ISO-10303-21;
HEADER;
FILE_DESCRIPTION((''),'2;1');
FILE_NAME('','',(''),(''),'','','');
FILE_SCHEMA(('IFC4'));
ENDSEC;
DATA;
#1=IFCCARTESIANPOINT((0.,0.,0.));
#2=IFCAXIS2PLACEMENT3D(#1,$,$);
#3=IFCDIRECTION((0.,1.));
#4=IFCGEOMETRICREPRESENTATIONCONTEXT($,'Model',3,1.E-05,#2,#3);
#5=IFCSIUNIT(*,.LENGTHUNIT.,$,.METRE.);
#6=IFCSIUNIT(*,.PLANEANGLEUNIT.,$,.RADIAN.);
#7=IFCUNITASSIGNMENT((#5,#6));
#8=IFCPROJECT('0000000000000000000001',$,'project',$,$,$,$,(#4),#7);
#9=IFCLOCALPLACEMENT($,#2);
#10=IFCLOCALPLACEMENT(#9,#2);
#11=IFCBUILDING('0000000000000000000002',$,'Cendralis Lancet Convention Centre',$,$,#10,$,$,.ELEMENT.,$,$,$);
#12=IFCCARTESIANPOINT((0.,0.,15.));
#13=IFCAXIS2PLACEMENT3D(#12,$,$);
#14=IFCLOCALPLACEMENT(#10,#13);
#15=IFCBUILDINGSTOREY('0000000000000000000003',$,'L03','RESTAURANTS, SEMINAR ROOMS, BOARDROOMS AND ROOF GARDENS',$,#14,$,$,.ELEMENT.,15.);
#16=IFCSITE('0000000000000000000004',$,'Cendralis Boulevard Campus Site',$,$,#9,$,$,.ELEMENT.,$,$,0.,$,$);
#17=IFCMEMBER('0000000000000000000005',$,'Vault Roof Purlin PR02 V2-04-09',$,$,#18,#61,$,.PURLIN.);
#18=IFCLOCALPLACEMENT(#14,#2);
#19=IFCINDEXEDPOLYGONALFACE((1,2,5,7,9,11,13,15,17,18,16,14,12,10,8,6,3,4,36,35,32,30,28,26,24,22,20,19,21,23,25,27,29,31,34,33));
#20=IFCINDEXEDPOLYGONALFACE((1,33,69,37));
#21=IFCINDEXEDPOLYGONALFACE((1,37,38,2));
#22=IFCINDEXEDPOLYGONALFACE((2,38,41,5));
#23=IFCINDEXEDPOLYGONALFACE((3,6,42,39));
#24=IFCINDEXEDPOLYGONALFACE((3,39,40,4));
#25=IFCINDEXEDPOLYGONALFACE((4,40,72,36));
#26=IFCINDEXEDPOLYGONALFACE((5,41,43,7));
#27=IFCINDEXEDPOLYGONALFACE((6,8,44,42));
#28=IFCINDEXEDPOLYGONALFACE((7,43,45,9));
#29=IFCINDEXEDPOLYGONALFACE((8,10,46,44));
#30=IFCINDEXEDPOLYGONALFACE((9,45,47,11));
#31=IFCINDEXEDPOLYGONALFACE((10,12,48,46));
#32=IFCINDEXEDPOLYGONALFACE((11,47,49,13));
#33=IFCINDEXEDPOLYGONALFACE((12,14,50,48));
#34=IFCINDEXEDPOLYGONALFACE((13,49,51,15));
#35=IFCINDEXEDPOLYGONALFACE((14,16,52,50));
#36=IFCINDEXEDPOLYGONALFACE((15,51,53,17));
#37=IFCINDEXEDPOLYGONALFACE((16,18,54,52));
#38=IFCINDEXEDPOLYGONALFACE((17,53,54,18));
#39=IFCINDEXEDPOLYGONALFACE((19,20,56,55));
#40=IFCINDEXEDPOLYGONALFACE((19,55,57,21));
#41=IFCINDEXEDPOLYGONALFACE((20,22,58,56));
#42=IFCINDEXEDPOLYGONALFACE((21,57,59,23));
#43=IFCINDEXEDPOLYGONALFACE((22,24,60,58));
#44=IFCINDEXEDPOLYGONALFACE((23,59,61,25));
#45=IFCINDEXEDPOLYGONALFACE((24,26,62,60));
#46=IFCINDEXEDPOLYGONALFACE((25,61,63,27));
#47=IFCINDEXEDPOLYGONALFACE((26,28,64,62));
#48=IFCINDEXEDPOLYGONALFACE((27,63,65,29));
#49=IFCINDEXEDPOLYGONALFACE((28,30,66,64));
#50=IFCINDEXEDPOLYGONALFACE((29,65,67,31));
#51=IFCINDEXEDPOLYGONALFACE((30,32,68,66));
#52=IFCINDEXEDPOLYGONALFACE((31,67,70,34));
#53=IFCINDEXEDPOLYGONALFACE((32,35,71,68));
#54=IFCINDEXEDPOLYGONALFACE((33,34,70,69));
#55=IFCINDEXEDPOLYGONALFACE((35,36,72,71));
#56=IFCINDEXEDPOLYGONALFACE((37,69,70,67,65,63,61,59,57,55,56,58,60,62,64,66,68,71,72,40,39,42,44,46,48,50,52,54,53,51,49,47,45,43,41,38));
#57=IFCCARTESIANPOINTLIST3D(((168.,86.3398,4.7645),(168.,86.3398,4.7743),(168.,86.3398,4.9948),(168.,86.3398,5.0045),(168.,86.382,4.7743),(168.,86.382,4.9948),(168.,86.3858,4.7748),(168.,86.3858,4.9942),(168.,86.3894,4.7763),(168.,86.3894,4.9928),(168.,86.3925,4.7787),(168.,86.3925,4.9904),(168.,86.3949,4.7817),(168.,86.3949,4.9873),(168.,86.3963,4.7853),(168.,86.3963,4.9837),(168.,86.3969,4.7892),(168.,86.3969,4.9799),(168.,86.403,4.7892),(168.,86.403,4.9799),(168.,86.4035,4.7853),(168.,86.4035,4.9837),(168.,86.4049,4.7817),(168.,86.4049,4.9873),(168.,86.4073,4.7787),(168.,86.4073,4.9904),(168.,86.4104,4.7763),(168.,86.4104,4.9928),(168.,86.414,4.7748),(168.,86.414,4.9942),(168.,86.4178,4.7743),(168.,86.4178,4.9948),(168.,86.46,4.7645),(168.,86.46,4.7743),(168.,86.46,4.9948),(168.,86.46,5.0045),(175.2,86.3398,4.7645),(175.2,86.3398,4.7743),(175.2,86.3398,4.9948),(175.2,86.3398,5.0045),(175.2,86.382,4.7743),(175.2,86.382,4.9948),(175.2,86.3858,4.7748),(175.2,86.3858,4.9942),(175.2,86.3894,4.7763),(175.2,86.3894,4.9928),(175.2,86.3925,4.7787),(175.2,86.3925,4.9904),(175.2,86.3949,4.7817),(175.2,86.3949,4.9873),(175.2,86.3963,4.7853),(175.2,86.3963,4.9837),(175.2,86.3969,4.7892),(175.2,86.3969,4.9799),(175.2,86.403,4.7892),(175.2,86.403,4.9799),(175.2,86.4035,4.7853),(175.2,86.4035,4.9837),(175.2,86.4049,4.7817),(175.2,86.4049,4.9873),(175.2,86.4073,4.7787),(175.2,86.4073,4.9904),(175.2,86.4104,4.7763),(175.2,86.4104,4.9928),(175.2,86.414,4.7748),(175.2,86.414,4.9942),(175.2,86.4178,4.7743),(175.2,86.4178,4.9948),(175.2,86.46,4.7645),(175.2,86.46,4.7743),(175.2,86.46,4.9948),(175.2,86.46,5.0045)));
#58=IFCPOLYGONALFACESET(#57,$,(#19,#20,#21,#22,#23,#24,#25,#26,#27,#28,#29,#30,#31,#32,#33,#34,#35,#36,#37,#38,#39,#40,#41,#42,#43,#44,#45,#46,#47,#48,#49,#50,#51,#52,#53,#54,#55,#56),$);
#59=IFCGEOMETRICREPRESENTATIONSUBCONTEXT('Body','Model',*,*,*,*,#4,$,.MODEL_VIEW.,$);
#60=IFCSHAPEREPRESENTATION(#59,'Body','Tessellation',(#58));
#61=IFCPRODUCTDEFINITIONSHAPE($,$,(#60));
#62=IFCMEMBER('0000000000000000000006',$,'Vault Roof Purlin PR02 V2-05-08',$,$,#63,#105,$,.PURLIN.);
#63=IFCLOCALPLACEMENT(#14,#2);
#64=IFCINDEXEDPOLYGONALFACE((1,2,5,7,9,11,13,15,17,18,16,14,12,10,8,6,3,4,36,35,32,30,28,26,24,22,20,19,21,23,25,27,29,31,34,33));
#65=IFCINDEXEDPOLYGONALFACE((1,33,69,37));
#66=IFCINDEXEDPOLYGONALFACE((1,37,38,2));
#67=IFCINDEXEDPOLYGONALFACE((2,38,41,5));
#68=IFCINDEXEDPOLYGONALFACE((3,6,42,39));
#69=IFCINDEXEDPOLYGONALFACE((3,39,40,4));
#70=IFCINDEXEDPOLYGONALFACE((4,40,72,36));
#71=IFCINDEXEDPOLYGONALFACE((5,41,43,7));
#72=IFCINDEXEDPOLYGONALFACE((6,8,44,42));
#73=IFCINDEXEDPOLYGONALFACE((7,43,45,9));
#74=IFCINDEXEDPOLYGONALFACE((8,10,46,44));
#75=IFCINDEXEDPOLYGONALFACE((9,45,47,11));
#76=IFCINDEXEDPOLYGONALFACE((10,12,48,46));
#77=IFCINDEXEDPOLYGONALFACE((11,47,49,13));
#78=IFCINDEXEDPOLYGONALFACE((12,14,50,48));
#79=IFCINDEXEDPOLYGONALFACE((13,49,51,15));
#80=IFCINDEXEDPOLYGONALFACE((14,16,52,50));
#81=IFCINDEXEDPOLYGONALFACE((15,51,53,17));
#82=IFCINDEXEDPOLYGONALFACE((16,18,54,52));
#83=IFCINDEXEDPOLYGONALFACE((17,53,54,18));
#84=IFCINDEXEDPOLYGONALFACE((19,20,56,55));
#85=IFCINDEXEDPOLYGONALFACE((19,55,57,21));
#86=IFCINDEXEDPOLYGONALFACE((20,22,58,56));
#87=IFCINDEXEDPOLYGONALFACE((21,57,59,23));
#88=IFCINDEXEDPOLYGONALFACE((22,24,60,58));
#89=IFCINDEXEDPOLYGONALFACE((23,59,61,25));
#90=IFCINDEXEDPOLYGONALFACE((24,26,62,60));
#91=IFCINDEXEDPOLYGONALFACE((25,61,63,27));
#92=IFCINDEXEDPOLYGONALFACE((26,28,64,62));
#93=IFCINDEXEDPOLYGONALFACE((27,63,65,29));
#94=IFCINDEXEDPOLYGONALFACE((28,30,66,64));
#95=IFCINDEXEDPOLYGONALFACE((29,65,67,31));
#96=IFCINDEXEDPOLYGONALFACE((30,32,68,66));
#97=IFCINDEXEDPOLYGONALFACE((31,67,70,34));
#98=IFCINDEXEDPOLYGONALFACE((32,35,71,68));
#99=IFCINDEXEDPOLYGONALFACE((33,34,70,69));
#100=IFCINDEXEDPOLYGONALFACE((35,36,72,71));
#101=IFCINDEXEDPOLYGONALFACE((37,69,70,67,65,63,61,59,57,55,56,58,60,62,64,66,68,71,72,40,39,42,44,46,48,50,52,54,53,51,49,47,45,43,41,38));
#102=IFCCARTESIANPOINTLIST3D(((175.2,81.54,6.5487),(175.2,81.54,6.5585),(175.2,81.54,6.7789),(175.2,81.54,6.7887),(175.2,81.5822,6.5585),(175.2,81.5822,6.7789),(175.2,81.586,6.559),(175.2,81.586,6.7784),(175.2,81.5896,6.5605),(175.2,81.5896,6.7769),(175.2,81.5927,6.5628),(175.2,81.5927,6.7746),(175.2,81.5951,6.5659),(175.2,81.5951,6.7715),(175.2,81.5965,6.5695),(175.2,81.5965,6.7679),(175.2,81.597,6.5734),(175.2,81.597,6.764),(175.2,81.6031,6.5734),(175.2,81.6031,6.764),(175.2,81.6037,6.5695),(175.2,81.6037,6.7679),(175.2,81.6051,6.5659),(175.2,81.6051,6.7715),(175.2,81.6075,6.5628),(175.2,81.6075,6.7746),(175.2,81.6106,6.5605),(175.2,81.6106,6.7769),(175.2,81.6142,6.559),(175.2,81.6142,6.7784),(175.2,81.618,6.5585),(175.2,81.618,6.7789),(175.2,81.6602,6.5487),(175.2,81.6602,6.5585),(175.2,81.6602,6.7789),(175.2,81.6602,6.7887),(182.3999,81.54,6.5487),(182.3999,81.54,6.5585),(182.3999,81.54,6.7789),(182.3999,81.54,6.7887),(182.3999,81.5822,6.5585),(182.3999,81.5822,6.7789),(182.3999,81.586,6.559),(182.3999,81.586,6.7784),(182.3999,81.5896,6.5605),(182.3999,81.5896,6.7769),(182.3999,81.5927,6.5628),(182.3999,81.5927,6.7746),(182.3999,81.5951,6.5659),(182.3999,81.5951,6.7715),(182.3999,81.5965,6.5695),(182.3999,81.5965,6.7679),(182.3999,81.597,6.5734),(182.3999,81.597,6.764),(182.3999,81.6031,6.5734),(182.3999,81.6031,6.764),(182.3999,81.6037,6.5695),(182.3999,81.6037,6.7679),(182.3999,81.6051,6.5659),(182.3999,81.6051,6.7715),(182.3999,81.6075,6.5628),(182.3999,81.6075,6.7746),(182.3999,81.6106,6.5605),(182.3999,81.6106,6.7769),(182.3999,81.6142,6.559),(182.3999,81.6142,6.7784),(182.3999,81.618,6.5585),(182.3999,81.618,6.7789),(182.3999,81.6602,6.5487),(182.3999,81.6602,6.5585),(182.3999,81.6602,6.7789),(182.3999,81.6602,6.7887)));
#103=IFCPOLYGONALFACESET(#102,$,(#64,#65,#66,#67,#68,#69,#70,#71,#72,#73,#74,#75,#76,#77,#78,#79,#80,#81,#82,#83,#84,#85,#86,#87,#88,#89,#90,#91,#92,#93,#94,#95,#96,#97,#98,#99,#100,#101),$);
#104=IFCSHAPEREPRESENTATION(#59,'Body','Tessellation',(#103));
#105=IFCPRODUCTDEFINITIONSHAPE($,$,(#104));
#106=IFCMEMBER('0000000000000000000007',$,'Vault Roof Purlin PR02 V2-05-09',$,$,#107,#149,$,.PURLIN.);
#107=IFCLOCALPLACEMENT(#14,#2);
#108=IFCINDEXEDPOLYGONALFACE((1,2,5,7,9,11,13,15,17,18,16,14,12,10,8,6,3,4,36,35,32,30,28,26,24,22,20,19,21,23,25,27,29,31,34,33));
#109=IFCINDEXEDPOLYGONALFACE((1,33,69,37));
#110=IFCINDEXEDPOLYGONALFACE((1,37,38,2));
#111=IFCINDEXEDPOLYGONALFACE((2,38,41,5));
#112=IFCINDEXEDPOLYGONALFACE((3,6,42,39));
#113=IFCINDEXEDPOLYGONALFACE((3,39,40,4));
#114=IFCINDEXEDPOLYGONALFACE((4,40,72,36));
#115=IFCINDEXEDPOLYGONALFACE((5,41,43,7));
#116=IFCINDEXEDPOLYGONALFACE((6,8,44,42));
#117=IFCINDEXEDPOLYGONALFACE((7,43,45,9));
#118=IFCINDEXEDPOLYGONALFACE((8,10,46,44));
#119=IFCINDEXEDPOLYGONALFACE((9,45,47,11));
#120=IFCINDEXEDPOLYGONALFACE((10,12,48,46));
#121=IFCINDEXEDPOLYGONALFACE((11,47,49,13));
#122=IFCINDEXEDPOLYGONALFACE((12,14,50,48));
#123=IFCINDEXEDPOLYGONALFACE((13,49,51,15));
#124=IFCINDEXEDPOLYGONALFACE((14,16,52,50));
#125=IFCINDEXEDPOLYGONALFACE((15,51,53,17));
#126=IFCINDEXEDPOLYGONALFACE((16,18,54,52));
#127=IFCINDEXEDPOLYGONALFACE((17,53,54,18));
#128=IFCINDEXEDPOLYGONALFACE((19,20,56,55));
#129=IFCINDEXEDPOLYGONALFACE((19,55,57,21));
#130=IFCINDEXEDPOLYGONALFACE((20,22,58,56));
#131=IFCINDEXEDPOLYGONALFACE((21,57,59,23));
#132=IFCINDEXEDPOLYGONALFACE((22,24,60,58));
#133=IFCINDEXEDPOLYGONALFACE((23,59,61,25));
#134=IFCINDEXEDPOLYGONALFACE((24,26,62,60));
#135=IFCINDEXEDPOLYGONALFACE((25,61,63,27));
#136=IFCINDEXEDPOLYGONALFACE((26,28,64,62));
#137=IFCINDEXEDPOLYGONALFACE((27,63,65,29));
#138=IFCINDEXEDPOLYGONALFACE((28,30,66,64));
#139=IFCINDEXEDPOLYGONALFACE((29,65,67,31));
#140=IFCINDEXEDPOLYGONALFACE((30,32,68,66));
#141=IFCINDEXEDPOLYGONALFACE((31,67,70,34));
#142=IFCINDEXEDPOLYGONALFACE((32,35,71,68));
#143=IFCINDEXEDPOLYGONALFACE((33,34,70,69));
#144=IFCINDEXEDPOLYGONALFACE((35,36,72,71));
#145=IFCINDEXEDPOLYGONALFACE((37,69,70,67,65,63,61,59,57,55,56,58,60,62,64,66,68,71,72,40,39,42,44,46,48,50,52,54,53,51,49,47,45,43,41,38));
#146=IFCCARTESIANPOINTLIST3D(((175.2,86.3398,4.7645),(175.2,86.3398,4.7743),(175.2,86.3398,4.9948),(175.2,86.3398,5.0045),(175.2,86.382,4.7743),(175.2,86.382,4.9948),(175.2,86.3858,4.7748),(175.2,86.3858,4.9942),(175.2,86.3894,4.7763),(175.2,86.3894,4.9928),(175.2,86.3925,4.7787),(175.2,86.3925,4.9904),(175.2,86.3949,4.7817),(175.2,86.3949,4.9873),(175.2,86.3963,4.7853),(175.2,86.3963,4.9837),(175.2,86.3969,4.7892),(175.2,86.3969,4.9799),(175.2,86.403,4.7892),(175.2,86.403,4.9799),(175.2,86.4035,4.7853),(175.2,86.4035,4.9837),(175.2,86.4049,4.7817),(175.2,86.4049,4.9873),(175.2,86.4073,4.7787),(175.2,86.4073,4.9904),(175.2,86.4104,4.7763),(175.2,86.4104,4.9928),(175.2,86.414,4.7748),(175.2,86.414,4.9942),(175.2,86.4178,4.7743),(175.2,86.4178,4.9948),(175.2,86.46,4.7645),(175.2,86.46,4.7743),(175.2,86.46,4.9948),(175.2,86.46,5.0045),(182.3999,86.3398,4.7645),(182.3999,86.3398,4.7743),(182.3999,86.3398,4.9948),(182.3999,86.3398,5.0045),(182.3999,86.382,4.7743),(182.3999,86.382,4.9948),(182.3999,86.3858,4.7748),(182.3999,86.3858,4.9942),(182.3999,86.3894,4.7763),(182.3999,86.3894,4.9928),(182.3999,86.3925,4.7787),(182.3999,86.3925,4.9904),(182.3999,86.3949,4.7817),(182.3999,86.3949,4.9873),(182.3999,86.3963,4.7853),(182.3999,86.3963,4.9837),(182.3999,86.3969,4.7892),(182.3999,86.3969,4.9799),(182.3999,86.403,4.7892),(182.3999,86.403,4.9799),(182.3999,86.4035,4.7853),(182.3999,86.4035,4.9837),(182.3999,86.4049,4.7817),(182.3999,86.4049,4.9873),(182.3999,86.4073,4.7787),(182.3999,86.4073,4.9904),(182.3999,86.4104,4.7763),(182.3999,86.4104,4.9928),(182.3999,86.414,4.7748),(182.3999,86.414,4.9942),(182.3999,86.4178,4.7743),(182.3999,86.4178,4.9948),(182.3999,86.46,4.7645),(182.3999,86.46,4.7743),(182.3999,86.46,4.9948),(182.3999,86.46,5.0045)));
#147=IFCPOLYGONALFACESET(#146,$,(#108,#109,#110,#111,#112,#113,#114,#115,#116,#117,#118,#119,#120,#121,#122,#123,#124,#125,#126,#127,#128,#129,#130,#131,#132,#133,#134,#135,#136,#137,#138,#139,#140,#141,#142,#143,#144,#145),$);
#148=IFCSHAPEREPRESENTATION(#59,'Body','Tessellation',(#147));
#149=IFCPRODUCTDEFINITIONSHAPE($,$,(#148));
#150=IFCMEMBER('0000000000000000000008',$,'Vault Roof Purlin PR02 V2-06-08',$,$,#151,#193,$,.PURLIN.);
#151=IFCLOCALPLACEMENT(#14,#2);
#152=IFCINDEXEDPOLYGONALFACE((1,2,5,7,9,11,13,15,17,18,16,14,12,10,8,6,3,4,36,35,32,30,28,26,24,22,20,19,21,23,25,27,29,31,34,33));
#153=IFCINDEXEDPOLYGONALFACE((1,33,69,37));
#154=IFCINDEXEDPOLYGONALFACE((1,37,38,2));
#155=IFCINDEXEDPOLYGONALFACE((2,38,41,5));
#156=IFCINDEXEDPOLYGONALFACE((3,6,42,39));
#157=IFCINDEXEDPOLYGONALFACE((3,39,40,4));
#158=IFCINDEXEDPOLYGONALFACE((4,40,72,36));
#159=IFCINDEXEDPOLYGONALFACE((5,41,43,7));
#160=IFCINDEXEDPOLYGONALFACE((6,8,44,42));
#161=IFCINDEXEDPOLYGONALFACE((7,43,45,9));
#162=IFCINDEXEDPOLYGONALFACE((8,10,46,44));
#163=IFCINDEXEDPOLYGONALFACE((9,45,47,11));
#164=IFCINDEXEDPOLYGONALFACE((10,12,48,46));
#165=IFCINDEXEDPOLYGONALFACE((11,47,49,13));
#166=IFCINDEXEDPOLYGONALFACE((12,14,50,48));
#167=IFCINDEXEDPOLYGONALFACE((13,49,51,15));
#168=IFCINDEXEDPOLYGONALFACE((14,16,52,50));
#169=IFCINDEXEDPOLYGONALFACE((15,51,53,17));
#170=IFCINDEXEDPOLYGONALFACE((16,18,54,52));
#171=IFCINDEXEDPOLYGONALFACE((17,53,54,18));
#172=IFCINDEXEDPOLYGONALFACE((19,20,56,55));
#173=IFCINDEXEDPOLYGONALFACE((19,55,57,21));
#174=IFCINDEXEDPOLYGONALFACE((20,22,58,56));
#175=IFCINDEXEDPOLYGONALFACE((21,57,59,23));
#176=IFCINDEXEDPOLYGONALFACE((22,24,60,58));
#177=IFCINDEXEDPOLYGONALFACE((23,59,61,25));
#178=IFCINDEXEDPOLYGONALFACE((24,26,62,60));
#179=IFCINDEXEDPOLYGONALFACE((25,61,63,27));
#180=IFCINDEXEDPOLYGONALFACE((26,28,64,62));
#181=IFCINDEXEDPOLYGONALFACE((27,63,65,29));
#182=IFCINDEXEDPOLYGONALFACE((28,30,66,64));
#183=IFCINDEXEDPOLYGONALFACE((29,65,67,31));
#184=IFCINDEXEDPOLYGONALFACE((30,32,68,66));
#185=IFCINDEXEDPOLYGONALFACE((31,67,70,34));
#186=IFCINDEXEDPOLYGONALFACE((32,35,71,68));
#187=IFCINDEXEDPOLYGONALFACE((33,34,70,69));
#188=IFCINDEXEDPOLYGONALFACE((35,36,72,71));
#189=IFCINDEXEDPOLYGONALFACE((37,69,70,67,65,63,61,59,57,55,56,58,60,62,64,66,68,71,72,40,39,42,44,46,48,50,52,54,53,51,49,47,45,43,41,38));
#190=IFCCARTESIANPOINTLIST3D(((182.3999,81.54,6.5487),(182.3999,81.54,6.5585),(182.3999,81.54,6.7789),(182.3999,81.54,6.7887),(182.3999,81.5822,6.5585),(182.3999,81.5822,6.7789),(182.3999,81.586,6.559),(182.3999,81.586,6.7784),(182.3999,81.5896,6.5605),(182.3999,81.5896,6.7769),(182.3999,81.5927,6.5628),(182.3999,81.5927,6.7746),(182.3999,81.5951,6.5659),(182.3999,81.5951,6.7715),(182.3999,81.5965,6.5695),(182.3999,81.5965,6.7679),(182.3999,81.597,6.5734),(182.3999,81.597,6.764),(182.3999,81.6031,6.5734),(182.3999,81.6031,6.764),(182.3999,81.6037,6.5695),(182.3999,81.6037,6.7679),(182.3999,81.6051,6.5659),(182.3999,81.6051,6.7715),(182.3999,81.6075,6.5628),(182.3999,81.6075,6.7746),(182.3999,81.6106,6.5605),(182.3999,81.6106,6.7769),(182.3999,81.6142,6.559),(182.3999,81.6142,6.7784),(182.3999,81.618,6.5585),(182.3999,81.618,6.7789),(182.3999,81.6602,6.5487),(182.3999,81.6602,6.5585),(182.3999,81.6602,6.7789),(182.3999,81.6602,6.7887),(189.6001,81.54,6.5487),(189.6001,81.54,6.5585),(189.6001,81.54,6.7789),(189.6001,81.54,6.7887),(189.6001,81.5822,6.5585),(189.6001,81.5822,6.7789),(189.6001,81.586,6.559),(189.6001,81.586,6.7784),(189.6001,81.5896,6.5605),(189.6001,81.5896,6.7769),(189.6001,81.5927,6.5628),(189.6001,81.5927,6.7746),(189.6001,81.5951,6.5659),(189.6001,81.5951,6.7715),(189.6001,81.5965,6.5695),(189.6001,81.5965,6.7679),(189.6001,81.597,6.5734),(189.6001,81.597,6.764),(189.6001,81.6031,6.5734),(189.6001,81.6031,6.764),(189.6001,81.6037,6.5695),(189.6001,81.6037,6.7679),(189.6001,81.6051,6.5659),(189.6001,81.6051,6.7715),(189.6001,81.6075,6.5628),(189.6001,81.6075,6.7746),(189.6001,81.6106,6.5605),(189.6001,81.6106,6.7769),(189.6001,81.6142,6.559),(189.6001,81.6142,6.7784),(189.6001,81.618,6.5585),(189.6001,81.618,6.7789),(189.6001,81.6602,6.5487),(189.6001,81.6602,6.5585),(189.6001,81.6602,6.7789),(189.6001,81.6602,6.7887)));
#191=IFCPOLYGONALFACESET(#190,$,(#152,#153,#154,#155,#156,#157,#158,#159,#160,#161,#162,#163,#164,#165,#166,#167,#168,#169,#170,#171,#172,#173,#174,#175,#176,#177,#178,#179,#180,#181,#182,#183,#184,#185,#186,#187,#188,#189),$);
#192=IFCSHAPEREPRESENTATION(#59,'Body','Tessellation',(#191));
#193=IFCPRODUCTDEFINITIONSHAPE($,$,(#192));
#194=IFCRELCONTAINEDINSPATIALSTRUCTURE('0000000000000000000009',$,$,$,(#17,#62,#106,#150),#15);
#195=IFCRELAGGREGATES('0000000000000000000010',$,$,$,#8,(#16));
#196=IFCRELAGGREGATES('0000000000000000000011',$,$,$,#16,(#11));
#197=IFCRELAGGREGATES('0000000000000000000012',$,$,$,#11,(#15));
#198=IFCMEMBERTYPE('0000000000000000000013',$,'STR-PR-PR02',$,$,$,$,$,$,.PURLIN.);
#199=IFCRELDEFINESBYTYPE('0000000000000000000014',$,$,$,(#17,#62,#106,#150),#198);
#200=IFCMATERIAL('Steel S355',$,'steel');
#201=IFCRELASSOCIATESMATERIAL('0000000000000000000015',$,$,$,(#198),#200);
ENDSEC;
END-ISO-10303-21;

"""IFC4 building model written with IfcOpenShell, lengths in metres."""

from ifc_helpers import new_model, si_unit, direction, frame, origin, origin_2d, place, context, subcontext, project, spatial, i_section, extrude, material, material_profile, profile_set, type_object, element, save


model = new_model("IFC4")

# Units and contexts
model_context = context("Model", 3, precision=1e-05, world=origin(), true_north=direction((0.0, 1.0)))
body_context = subcontext(model_context, "Body", "Model", "MODEL_VIEW")
ifc_project = project(units=[si_unit("LENGTHUNIT", "METRE"), si_unit("PLANEANGLEUNIT", "RADIAN")], contexts=[model_context])

# Site, building, storey
site_placement = place(None, origin())
site = spatial("IfcSite", under=ifc_project, at=site_placement, Name="Cendralis Boulevard Campus Site", CompositionType="ELEMENT", RefElevation=0.0)
building_placement = place(site_placement, origin())
building = spatial("IfcBuilding", under=site, at=building_placement, Name="Cendralis Lancet Convention Centre", CompositionType="ELEMENT")
storey_placement = place(building_placement, frame((0.0, 0.0, 15.0)))
storey = spatial("IfcBuildingStorey", under=building, at=storey_placement, Name="L03", Description="RESTAURANTS, SEMINAR ROOMS, BOARDROOMS AND ROOF GARDENS", CompositionType="ELEMENT", Elevation=15.0)

# Members
ifc_material_1 = material(Name="Steel S355", Category="steel")
ifc_material_profile_1 = material_profile(ifc_material_1, i_section(OverallWidth=0.1201, OverallDepth=0.24, WebThickness=0.0061, FlangeThickness=0.0098, FilletRadius=0.0149, at=origin_2d()), Name="IPE 240")
ifc_profile_set_1 = profile_set([ifc_material_profile_1], Name="Steel S355")
member_type_1 = type_object("IfcMemberType", Name="STR-PR-PR02", PredefinedType="PURLIN", material=ifc_profile_set_1)
for number, where, z_axis, x_axis, name in (
    (1, (168.0, 86.3999, 4.8845), (1.0, 0.0, 0.0), (0.0, 1.0, 0.0), "Vault Roof Purlin PR02 V2-04-09"),
    (2, (175.2, 81.6001, 6.6687), (1.0, 0.0, 0.0), (0.0, 1.0, 0.0), "Vault Roof Purlin PR02 V2-05-08"),
    (3, (175.2, 86.3999, 4.8845), (1.0, 0.0, 0.0), (0.0, 1.0, 0.0), "Vault Roof Purlin PR02 V2-05-09"),
):
    element("IfcMember", number, at=place(storey_placement, frame(where, z_axis=z_axis, x_axis=x_axis)), inside=storey, type_object=member_type_1, Name=name, PredefinedType="PURLIN", context=body_context, shape_type="SweptSolid", body=[
        extrude(i_section(OverallWidth=0.1201, OverallDepth=0.24, WebThickness=0.0061, FlangeThickness=0.0098, FilletRadius=0.0149, at=origin_2d()), origin(), (0.0, 0.0, 1.0), 7.2),
    ])
for number, where, z_axis, x_axis, name in (
    (4, (182.3999, 81.6001, 6.6687), (1.0, 0.0, 0.0), (0.0, 1.0, 0.0), "Vault Roof Purlin PR02 V2-06-08"),
):
    element("IfcMember", number, at=place(storey_placement, frame(where, z_axis=z_axis, x_axis=x_axis)), inside=storey, type_object=member_type_1, Name=name, PredefinedType="PURLIN", context=body_context, shape_type="SweptSolid", body=[
        extrude(i_section(OverallWidth=0.1201, OverallDepth=0.24, WebThickness=0.0061, FlangeThickness=0.0098, FilletRadius=0.0149, at=origin_2d()), origin(), (0.0, 0.0, 1.0), 7.2002),
    ])

save(model, "model.ifc")
